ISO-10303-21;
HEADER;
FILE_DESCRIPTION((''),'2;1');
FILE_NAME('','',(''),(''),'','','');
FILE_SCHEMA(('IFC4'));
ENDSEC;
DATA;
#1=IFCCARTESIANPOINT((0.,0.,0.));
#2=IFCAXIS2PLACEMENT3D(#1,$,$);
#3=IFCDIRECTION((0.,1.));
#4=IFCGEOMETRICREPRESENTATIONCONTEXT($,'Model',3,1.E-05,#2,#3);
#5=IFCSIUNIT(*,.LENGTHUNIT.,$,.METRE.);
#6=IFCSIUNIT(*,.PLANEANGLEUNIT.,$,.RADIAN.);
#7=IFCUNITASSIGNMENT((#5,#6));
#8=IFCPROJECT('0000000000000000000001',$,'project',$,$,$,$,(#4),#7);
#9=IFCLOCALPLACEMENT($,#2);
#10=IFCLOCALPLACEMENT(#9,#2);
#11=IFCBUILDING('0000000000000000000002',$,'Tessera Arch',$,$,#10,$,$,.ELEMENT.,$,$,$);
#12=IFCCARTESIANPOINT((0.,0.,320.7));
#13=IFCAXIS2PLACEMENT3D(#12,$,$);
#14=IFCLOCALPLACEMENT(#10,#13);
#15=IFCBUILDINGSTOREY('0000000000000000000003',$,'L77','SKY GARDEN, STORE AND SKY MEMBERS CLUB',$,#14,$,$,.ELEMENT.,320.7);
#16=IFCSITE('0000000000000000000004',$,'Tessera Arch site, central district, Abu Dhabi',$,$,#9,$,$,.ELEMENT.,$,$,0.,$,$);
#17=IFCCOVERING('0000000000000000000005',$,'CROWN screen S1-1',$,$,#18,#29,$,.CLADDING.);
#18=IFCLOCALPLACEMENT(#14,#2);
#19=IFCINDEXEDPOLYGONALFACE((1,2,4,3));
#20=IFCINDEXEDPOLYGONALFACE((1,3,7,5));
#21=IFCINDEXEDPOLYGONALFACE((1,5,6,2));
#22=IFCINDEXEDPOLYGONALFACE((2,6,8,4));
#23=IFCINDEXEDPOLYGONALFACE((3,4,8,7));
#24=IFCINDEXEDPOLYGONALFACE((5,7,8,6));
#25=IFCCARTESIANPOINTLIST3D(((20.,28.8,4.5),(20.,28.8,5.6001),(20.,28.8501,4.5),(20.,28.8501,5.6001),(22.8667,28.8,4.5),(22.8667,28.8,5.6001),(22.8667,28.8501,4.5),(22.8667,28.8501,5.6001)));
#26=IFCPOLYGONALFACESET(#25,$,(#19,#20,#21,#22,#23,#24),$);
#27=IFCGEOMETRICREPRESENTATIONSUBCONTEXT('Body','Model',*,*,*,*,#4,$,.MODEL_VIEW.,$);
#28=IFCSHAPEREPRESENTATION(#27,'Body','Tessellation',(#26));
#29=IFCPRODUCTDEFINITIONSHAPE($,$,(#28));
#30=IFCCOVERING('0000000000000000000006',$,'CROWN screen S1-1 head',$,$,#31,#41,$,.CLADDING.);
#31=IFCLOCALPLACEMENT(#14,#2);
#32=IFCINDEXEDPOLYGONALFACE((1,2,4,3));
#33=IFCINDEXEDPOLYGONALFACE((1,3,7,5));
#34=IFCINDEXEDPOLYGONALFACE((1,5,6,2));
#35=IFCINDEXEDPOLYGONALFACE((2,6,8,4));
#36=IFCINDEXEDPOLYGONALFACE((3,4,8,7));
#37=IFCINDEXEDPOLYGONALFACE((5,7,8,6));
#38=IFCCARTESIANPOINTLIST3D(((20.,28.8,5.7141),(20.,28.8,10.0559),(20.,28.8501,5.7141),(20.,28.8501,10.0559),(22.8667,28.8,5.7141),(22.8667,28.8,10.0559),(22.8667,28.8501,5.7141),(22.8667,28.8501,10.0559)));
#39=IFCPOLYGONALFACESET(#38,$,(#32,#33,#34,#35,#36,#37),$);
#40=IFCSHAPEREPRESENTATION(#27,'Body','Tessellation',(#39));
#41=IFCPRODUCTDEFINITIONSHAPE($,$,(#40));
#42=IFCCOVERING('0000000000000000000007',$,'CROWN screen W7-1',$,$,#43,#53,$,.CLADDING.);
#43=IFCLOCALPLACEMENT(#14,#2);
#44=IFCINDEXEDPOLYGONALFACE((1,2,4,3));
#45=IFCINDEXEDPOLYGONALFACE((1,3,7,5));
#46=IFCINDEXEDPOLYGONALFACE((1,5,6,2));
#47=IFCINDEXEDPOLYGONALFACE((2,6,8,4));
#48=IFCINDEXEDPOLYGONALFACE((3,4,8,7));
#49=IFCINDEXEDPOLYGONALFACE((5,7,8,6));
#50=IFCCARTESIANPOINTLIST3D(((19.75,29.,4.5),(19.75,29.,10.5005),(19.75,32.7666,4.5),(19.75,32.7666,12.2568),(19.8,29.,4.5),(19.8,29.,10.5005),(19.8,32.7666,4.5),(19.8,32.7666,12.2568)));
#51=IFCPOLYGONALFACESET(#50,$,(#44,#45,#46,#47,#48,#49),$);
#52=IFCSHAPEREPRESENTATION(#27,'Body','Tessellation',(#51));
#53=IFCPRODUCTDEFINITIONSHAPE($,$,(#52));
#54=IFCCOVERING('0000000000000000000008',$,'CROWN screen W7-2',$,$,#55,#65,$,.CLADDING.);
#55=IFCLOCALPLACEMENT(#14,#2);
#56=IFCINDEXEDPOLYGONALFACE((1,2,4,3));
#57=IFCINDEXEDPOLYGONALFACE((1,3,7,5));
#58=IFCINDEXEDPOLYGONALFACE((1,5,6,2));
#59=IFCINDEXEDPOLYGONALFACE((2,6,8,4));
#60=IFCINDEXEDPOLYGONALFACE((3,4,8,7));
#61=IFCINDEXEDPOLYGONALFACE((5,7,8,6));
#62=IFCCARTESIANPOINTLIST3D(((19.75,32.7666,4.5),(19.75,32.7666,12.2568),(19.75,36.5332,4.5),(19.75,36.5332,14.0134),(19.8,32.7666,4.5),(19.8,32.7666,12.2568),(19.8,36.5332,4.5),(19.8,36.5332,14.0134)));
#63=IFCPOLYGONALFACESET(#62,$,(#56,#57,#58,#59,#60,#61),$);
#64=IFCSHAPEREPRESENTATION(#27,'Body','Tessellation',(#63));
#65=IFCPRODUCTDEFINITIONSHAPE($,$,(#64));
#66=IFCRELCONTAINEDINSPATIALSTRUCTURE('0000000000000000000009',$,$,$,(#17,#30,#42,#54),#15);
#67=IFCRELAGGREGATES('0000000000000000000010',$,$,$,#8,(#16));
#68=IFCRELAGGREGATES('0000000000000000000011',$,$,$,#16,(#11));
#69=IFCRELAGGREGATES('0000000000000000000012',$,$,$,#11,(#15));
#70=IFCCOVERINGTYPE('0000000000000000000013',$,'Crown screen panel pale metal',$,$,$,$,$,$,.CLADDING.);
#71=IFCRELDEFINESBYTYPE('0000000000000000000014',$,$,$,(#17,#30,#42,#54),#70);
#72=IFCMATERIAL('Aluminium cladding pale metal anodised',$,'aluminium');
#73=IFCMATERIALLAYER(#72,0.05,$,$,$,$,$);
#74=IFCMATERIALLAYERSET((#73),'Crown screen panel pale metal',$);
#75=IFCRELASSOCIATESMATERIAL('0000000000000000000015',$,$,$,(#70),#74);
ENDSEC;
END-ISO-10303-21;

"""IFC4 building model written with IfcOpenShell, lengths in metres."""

from ifc_helpers import new_model, si_unit, direction, frame, origin, place, context, subcontext, project, spatial, polyline, outline, extrude, material, layer, layer_set, type_object, element, save


model = new_model("IFC4")

# Units and contexts
model_context = context("Model", 3, precision=1e-05, world=origin(), true_north=direction((0.0, 1.0)))
body_context = subcontext(model_context, "Body", "Model", "MODEL_VIEW")
ifc_project = project(units=[si_unit("LENGTHUNIT", "METRE"), si_unit("PLANEANGLEUNIT", "RADIAN")], contexts=[model_context])

# Site, building, storey
site_placement = place(None, origin())
site = spatial("IfcSite", under=ifc_project, at=site_placement, Name="Tessera Arch site, central district, Abu Dhabi", CompositionType="ELEMENT", RefElevation=0.0)
building_placement = place(site_placement, origin())
building = spatial("IfcBuilding", under=site, at=building_placement, Name="Tessera Arch", CompositionType="ELEMENT")
storey_placement = place(building_placement, frame((0.0, 0.0, 320.7)))
storey = spatial("IfcBuildingStorey", under=building, at=storey_placement, Name="L77", Description="SKY GARDEN, STORE AND SKY MEMBERS CLUB", CompositionType="ELEMENT", Elevation=320.7)

# Coverings
ifc_material_1 = material(Name="Aluminium cladding pale metal anodised", Category="aluminium")
ifc_layer_1 = layer(ifc_material_1, 0.05)
ifc_layer_set_1 = layer_set([ifc_layer_1], Name="Crown screen panel pale metal")
covering_type_1 = type_object("IfcCoveringType", Name="Crown screen panel pale metal", PredefinedType="CLADDING", material=ifc_layer_set_1)
covering_1_placement = place(storey_placement, frame((20.0, 28.8, 4.5), z_axis=(0.0, -1.0, 0.0), x_axis=(1.0, 0.0, 0.0)))
element("IfcCovering", 1, at=covering_1_placement, inside=storey, type_object=covering_type_1, Name="CROWN screen S1-1", PredefinedType="CLADDING", context=body_context, shape_type="SweptSolid", body=[
    extrude(outline(polyline([(0.0, 0.0), (2.8667, 0.0), (2.8667, 1.1001), (0.0, 1.1001), (0.0, 0.0)])), origin(), (0.0, 0.0, -1.0), 0.05),
])
covering_2_placement = place(storey_placement, frame((20.0, 28.8, 5.7141), z_axis=(0.0, -1.0, 0.0), x_axis=(1.0, 0.0, 0.0)))
element("IfcCovering", 2, at=covering_2_placement, inside=storey, type_object=covering_type_1, Name="CROWN screen S1-1 head", PredefinedType="CLADDING", context=body_context, shape_type="SweptSolid", body=[
    extrude(outline(polyline([(0.0, 0.0), (2.8667, 0.0), (2.8667, 4.3418), (0.0, 4.3418), (0.0, 0.0)])), origin(), (0.0, 0.0, -1.0), 0.05),
])
covering_3_placement = place(storey_placement, frame((19.8, 29.0, 4.5), z_axis=(1.0, 0.0, 0.0), x_axis=(0.0, 1.0, 0.0)))
element("IfcCovering", 3, at=covering_3_placement, inside=storey, type_object=covering_type_1, Name="CROWN screen W7-1", PredefinedType="CLADDING", context=body_context, shape_type="SweptSolid", body=[
    extrude(outline(polyline([(0.0, 0.0), (3.7666, 0.0), (3.7666, 7.7568), (0.0, 6.0005), (0.0, 0.0)])), origin(), (0.0, 0.0, -1.0), 0.05),
])
covering_4_placement = place(storey_placement, frame((19.8, 32.7666, 4.5), z_axis=(1.0, 0.0, 0.0), x_axis=(0.0, 1.0, 0.0)))
element("IfcCovering", 4, at=covering_4_placement, inside=storey, type_object=covering_type_1, Name="CROWN screen W7-2", PredefinedType="CLADDING", context=body_context, shape_type="SweptSolid", body=[
    extrude(outline(polyline([(0.0, 0.0), (3.7666, 0.0), (3.7666, 9.5134), (0.0, 7.7568), (0.0, 0.0)])), origin(), (0.0, 0.0, -1.0), 0.05),
])

save(model, "model.ifc")
